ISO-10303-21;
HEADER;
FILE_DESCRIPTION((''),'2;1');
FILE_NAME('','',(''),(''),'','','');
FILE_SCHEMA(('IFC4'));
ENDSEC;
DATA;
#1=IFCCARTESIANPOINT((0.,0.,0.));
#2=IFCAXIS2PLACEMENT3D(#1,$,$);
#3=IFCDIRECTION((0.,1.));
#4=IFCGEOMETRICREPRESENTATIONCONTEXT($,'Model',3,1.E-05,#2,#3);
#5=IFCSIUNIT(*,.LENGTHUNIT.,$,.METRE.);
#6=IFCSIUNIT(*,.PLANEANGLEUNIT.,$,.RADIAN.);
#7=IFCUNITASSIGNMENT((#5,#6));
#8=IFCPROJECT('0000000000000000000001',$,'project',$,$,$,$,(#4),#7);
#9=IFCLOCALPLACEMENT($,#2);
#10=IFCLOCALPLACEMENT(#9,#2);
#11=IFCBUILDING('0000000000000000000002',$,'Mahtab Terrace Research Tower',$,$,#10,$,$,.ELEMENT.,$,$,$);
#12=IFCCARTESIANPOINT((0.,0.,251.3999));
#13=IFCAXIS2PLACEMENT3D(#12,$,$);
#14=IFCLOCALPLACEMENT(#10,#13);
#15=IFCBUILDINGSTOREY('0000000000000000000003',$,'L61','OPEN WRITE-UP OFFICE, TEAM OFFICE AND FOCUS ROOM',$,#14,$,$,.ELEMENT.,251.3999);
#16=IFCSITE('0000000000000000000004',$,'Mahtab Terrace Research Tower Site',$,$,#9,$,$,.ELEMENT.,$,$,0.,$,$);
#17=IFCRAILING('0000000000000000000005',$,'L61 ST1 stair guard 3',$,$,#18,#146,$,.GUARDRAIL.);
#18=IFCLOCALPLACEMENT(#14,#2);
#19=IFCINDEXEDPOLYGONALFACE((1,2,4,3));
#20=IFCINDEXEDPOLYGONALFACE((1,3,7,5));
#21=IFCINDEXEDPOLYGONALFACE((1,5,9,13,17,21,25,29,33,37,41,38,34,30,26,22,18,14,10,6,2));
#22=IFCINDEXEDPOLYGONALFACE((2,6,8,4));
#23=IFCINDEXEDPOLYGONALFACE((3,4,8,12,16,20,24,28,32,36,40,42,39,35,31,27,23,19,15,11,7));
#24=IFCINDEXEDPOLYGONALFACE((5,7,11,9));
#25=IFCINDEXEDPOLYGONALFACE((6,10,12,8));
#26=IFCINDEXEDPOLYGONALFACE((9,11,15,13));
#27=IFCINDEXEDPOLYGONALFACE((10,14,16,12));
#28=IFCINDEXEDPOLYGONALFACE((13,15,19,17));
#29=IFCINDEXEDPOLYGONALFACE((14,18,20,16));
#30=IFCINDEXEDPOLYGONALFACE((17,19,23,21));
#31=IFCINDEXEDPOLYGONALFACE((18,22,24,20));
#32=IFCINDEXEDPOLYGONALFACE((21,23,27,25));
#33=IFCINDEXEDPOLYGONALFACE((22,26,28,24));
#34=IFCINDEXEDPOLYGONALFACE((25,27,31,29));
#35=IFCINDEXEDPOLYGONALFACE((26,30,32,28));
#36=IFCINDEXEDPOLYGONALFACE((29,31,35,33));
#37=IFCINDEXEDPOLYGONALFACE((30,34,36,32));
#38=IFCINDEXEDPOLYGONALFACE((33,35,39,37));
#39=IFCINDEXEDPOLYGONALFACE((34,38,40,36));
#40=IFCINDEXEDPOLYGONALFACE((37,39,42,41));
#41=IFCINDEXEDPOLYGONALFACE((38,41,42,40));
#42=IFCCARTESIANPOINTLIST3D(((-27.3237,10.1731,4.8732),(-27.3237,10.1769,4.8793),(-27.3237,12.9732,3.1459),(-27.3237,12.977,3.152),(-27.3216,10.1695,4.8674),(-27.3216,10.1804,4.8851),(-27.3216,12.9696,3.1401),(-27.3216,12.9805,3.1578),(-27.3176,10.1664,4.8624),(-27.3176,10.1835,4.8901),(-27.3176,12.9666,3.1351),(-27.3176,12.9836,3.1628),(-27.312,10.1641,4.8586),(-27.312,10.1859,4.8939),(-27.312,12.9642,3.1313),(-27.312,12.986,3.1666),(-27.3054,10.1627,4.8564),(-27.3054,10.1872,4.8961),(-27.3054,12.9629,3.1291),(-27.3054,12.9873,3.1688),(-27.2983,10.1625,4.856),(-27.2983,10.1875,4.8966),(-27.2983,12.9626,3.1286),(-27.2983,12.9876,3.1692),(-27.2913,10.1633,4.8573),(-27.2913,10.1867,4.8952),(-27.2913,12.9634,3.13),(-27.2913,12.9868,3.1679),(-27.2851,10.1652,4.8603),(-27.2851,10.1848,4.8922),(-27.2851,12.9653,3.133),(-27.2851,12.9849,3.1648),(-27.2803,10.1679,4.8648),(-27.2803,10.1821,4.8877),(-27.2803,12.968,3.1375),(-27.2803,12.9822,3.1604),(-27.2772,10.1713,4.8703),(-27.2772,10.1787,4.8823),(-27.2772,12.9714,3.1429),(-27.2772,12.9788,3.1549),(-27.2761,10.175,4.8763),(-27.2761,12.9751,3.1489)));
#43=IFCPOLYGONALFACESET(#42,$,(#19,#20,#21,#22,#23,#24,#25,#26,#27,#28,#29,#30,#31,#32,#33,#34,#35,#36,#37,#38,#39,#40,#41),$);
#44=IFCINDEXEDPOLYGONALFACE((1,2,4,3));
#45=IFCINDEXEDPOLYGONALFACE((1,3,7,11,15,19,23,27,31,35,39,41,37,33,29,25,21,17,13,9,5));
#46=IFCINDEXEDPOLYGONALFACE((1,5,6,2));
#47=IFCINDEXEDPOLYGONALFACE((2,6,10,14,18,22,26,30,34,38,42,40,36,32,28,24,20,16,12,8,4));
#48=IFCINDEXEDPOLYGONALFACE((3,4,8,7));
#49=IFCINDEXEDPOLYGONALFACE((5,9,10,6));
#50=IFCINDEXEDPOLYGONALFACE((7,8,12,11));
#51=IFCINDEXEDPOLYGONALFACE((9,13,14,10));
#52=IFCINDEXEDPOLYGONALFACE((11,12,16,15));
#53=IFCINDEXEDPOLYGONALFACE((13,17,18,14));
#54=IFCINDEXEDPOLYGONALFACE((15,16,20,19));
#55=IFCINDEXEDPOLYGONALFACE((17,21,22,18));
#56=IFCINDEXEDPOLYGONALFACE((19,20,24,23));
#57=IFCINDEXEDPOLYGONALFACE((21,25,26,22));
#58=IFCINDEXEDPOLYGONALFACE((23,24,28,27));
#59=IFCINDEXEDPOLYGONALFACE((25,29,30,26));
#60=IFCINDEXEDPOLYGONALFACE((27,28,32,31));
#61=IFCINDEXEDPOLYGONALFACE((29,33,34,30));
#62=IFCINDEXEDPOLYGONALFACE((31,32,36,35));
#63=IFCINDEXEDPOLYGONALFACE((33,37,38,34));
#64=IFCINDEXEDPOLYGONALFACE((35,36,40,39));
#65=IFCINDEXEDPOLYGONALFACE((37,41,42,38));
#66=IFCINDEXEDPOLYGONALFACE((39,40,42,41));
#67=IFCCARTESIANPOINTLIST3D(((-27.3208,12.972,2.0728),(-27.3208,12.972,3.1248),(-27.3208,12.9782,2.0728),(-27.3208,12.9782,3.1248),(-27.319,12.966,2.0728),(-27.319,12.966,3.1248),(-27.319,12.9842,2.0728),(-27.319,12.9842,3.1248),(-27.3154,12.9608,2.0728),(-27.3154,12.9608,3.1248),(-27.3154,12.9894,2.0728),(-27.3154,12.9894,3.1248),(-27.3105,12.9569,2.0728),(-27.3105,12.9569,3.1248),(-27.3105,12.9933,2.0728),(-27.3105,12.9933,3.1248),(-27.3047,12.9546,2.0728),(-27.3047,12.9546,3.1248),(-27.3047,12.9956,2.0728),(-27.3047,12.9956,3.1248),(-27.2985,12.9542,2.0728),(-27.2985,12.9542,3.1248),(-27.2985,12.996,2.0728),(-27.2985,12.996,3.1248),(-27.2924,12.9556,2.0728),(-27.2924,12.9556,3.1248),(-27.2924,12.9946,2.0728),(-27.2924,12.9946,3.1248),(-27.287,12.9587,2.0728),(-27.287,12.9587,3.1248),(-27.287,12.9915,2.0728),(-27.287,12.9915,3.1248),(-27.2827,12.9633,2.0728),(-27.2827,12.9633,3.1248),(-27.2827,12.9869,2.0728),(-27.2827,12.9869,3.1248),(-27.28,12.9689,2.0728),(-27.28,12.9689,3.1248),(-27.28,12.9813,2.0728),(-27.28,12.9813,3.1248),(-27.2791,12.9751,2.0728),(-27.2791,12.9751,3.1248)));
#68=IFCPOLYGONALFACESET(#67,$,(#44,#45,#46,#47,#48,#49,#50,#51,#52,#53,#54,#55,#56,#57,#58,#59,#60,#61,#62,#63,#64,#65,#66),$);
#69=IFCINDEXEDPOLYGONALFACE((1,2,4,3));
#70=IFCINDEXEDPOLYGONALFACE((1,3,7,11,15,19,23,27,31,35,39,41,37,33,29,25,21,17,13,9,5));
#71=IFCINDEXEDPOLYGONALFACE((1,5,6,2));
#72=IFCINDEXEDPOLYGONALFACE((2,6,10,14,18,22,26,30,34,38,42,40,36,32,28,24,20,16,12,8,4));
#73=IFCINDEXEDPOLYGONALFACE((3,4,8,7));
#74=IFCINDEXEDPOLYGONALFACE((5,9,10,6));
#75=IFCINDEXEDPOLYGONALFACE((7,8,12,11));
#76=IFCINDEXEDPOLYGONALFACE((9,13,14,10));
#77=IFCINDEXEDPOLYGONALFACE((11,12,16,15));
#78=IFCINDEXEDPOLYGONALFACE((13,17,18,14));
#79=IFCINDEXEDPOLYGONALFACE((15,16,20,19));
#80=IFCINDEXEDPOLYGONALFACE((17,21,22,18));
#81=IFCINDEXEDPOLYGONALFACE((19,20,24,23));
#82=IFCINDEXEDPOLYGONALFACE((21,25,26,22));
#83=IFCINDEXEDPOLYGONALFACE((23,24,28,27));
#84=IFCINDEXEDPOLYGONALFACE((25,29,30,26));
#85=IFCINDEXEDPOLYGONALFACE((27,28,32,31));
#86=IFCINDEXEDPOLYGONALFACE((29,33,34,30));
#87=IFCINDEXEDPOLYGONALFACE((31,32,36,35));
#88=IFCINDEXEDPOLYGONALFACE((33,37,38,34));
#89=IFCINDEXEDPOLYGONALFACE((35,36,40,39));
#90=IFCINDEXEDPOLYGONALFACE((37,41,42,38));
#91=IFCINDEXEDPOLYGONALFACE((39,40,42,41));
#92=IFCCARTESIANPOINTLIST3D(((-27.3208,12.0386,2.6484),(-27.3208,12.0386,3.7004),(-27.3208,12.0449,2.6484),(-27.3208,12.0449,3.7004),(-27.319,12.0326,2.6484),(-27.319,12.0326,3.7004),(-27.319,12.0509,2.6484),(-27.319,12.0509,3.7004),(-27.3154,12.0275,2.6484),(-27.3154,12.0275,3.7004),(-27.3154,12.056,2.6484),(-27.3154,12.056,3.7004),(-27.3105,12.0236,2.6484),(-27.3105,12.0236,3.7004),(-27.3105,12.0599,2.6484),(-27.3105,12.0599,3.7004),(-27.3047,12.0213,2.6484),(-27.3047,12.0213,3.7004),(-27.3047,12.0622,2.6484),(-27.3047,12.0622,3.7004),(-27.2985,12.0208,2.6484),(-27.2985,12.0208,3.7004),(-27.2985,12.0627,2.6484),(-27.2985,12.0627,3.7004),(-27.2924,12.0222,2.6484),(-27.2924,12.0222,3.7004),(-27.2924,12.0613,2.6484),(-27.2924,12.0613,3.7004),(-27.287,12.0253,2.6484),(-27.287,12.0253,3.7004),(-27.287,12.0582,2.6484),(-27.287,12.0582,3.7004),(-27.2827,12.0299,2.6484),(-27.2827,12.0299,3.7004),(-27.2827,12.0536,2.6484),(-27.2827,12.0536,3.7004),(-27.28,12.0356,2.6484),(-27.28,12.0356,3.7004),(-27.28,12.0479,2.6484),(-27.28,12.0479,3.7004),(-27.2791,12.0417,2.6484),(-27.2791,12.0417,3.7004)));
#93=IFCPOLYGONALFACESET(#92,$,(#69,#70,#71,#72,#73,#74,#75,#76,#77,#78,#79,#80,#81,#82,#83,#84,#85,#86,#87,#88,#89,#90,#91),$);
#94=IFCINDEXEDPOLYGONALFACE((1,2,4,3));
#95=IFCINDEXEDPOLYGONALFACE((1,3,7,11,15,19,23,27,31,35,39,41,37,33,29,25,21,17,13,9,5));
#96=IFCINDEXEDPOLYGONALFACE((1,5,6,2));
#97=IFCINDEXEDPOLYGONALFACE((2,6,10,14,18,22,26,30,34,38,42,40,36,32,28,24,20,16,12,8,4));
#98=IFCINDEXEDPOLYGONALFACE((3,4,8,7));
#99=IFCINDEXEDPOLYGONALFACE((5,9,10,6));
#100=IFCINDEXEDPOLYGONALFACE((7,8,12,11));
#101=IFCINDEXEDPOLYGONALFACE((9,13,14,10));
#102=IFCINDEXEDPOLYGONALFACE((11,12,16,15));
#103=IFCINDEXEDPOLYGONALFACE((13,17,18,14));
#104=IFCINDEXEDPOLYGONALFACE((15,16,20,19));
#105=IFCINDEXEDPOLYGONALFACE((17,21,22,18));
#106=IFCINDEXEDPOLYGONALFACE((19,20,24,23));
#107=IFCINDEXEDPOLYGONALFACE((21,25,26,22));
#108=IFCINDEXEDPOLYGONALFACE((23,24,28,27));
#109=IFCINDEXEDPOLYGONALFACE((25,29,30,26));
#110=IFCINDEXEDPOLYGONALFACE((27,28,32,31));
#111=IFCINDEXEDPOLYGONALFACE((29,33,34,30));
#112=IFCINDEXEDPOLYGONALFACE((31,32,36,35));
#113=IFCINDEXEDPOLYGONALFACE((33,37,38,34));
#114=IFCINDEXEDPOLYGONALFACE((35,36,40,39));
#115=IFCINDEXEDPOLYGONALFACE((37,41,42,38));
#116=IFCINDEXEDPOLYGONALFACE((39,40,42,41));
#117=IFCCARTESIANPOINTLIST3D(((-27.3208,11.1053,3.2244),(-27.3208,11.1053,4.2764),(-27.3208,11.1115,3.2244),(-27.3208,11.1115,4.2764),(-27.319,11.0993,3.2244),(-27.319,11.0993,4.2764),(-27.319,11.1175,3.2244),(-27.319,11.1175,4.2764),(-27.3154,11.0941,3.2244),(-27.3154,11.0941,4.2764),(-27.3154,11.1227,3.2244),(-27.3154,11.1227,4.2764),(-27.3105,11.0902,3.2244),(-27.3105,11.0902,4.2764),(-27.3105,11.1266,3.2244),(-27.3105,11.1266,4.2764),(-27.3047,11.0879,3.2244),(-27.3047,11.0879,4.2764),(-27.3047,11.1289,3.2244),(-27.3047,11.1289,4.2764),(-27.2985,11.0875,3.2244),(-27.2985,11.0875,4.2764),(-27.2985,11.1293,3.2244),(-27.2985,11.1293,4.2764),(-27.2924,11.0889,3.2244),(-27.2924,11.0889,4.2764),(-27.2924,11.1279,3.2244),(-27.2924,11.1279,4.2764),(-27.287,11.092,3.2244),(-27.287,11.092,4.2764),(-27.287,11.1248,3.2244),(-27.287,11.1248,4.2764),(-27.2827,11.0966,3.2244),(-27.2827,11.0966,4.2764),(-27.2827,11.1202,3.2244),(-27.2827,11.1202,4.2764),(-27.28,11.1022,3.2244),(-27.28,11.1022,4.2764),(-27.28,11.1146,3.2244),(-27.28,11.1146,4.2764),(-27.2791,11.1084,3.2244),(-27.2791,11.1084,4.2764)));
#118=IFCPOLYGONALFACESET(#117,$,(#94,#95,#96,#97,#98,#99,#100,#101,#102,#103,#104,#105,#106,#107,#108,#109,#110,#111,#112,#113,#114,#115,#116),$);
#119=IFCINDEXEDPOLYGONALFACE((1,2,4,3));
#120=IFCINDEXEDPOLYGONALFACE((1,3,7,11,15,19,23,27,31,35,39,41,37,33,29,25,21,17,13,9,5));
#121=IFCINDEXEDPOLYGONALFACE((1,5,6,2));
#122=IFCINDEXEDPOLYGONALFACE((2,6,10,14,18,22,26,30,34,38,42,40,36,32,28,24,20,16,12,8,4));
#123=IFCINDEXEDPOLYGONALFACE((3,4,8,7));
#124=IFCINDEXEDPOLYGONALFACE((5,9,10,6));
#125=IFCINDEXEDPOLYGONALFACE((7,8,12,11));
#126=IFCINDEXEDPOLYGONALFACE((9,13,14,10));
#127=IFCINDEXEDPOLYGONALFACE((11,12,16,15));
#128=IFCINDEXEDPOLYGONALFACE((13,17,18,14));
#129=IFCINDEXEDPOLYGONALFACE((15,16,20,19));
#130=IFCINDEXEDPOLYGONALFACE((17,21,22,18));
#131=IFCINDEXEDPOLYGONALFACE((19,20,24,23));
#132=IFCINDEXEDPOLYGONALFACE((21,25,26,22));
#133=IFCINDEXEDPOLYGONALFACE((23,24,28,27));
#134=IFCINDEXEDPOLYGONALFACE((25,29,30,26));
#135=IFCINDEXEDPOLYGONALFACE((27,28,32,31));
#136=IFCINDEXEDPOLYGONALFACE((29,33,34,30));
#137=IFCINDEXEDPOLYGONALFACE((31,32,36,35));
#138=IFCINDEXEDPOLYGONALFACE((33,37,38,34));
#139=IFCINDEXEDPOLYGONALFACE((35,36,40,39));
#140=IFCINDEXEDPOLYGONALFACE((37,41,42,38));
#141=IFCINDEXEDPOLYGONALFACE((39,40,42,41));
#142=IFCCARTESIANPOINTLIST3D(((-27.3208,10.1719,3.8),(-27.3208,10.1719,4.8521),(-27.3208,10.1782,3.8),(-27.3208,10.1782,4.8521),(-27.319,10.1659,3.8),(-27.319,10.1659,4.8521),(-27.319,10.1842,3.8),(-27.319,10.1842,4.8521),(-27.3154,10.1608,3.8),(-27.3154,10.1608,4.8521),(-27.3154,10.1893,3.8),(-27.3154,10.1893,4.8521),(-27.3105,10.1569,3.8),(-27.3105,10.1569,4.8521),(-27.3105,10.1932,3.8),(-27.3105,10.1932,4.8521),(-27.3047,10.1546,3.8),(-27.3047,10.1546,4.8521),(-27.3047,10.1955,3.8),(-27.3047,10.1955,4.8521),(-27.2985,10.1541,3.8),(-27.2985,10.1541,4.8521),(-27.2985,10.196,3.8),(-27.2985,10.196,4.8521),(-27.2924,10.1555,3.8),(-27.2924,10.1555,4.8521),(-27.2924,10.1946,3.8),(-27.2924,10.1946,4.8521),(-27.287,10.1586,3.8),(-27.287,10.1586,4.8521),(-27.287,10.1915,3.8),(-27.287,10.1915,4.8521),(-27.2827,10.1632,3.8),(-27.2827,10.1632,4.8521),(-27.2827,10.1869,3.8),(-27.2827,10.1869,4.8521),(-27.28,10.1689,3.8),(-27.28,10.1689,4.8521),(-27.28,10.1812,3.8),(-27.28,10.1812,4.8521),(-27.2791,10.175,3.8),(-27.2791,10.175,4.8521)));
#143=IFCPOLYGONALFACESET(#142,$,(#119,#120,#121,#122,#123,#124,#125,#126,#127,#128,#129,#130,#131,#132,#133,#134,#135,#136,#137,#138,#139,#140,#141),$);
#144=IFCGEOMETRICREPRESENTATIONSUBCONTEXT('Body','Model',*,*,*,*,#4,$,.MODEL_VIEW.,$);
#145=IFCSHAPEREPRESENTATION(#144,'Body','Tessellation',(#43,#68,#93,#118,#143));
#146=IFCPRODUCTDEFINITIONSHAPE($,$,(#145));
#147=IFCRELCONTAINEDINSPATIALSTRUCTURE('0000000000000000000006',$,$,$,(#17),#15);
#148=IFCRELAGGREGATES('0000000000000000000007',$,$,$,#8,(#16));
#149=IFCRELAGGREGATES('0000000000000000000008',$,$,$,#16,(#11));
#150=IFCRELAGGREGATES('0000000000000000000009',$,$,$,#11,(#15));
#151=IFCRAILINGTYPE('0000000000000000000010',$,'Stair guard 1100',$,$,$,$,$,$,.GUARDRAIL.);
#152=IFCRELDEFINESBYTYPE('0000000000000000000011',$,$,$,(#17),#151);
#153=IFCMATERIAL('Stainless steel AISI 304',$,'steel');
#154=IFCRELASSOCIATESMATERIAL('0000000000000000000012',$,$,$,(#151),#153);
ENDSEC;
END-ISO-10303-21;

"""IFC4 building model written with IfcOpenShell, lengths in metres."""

from ifc_helpers import new_model, si_unit, direction, frame, origin, origin_2d, place, context, subcontext, project, spatial, circle, extrude, material, type_object, element, save


model = new_model("IFC4")

# Units and contexts
model_context = context("Model", 3, precision=1e-05, world=origin(), true_north=direction((0.0, 1.0)))
body_context = subcontext(model_context, "Body", "Model", "MODEL_VIEW")
ifc_project = project(units=[si_unit("LENGTHUNIT", "METRE"), si_unit("PLANEANGLEUNIT", "RADIAN")], contexts=[model_context])

# Site, building, storey
site_placement = place(None, origin())
site = spatial("IfcSite", under=ifc_project, at=site_placement, Name="Mahtab Terrace Research Tower Site", CompositionType="ELEMENT", RefElevation=0.0)
building_placement = place(site_placement, origin())
building = spatial("IfcBuilding", under=site, at=building_placement, Name="Mahtab Terrace Research Tower", CompositionType="ELEMENT")
storey_placement = place(building_placement, frame((0.0, 0.0, 251.3999)))
storey = spatial("IfcBuildingStorey", under=building, at=storey_placement, Name="L61", Description="OPEN WRITE-UP OFFICE, TEAM OFFICE AND FOCUS ROOM", CompositionType="ELEMENT", Elevation=251.3999)

# Railing
ifc_material_1 = material(Name="Stainless steel AISI 304", Category="steel")
railing_type_1 = type_object("IfcRailingType", Name="Stair guard 1100", PredefinedType="GUARDRAIL", material=ifc_material_1)
railing_1_placement = place(storey_placement, frame((-27.3, 12.9751, 2.0728)))
element("IfcRailing", 1, at=railing_1_placement, inside=storey, type_object=railing_type_1, Name="L61 ST1 stair guard 3", PredefinedType="GUARDRAIL", context=body_context, shape_type="SweptSolid", body=[
    extrude(circle(Radius=0.0239, at=origin_2d()), frame((0.0, 0.0, 1.0762), z_axis=(0.0, -0.85109, 0.52502), x_axis=(1.0, 0.0, 0.0)), (0.0, 0.0, 1.0), 3.29),
    extrude(circle(Radius=0.021, at=origin_2d()), origin(), (0.0, 0.0, 1.0), 1.052),
    extrude(circle(Radius=0.021, at=origin_2d()), frame((0.0, -0.9333, 0.5757)), (0.0, 0.0, 1.0), 1.052),
    extrude(circle(Radius=0.021, at=origin_2d()), frame((0.0, -1.8667, 1.1516)), (0.0, 0.0, 1.0), 1.052),
    extrude(circle(Radius=0.021, at=origin_2d()), frame((0.0, -2.8, 1.7273)), (0.0, 0.0, 1.0), 1.052),
])

save(model, "model.ifc")
